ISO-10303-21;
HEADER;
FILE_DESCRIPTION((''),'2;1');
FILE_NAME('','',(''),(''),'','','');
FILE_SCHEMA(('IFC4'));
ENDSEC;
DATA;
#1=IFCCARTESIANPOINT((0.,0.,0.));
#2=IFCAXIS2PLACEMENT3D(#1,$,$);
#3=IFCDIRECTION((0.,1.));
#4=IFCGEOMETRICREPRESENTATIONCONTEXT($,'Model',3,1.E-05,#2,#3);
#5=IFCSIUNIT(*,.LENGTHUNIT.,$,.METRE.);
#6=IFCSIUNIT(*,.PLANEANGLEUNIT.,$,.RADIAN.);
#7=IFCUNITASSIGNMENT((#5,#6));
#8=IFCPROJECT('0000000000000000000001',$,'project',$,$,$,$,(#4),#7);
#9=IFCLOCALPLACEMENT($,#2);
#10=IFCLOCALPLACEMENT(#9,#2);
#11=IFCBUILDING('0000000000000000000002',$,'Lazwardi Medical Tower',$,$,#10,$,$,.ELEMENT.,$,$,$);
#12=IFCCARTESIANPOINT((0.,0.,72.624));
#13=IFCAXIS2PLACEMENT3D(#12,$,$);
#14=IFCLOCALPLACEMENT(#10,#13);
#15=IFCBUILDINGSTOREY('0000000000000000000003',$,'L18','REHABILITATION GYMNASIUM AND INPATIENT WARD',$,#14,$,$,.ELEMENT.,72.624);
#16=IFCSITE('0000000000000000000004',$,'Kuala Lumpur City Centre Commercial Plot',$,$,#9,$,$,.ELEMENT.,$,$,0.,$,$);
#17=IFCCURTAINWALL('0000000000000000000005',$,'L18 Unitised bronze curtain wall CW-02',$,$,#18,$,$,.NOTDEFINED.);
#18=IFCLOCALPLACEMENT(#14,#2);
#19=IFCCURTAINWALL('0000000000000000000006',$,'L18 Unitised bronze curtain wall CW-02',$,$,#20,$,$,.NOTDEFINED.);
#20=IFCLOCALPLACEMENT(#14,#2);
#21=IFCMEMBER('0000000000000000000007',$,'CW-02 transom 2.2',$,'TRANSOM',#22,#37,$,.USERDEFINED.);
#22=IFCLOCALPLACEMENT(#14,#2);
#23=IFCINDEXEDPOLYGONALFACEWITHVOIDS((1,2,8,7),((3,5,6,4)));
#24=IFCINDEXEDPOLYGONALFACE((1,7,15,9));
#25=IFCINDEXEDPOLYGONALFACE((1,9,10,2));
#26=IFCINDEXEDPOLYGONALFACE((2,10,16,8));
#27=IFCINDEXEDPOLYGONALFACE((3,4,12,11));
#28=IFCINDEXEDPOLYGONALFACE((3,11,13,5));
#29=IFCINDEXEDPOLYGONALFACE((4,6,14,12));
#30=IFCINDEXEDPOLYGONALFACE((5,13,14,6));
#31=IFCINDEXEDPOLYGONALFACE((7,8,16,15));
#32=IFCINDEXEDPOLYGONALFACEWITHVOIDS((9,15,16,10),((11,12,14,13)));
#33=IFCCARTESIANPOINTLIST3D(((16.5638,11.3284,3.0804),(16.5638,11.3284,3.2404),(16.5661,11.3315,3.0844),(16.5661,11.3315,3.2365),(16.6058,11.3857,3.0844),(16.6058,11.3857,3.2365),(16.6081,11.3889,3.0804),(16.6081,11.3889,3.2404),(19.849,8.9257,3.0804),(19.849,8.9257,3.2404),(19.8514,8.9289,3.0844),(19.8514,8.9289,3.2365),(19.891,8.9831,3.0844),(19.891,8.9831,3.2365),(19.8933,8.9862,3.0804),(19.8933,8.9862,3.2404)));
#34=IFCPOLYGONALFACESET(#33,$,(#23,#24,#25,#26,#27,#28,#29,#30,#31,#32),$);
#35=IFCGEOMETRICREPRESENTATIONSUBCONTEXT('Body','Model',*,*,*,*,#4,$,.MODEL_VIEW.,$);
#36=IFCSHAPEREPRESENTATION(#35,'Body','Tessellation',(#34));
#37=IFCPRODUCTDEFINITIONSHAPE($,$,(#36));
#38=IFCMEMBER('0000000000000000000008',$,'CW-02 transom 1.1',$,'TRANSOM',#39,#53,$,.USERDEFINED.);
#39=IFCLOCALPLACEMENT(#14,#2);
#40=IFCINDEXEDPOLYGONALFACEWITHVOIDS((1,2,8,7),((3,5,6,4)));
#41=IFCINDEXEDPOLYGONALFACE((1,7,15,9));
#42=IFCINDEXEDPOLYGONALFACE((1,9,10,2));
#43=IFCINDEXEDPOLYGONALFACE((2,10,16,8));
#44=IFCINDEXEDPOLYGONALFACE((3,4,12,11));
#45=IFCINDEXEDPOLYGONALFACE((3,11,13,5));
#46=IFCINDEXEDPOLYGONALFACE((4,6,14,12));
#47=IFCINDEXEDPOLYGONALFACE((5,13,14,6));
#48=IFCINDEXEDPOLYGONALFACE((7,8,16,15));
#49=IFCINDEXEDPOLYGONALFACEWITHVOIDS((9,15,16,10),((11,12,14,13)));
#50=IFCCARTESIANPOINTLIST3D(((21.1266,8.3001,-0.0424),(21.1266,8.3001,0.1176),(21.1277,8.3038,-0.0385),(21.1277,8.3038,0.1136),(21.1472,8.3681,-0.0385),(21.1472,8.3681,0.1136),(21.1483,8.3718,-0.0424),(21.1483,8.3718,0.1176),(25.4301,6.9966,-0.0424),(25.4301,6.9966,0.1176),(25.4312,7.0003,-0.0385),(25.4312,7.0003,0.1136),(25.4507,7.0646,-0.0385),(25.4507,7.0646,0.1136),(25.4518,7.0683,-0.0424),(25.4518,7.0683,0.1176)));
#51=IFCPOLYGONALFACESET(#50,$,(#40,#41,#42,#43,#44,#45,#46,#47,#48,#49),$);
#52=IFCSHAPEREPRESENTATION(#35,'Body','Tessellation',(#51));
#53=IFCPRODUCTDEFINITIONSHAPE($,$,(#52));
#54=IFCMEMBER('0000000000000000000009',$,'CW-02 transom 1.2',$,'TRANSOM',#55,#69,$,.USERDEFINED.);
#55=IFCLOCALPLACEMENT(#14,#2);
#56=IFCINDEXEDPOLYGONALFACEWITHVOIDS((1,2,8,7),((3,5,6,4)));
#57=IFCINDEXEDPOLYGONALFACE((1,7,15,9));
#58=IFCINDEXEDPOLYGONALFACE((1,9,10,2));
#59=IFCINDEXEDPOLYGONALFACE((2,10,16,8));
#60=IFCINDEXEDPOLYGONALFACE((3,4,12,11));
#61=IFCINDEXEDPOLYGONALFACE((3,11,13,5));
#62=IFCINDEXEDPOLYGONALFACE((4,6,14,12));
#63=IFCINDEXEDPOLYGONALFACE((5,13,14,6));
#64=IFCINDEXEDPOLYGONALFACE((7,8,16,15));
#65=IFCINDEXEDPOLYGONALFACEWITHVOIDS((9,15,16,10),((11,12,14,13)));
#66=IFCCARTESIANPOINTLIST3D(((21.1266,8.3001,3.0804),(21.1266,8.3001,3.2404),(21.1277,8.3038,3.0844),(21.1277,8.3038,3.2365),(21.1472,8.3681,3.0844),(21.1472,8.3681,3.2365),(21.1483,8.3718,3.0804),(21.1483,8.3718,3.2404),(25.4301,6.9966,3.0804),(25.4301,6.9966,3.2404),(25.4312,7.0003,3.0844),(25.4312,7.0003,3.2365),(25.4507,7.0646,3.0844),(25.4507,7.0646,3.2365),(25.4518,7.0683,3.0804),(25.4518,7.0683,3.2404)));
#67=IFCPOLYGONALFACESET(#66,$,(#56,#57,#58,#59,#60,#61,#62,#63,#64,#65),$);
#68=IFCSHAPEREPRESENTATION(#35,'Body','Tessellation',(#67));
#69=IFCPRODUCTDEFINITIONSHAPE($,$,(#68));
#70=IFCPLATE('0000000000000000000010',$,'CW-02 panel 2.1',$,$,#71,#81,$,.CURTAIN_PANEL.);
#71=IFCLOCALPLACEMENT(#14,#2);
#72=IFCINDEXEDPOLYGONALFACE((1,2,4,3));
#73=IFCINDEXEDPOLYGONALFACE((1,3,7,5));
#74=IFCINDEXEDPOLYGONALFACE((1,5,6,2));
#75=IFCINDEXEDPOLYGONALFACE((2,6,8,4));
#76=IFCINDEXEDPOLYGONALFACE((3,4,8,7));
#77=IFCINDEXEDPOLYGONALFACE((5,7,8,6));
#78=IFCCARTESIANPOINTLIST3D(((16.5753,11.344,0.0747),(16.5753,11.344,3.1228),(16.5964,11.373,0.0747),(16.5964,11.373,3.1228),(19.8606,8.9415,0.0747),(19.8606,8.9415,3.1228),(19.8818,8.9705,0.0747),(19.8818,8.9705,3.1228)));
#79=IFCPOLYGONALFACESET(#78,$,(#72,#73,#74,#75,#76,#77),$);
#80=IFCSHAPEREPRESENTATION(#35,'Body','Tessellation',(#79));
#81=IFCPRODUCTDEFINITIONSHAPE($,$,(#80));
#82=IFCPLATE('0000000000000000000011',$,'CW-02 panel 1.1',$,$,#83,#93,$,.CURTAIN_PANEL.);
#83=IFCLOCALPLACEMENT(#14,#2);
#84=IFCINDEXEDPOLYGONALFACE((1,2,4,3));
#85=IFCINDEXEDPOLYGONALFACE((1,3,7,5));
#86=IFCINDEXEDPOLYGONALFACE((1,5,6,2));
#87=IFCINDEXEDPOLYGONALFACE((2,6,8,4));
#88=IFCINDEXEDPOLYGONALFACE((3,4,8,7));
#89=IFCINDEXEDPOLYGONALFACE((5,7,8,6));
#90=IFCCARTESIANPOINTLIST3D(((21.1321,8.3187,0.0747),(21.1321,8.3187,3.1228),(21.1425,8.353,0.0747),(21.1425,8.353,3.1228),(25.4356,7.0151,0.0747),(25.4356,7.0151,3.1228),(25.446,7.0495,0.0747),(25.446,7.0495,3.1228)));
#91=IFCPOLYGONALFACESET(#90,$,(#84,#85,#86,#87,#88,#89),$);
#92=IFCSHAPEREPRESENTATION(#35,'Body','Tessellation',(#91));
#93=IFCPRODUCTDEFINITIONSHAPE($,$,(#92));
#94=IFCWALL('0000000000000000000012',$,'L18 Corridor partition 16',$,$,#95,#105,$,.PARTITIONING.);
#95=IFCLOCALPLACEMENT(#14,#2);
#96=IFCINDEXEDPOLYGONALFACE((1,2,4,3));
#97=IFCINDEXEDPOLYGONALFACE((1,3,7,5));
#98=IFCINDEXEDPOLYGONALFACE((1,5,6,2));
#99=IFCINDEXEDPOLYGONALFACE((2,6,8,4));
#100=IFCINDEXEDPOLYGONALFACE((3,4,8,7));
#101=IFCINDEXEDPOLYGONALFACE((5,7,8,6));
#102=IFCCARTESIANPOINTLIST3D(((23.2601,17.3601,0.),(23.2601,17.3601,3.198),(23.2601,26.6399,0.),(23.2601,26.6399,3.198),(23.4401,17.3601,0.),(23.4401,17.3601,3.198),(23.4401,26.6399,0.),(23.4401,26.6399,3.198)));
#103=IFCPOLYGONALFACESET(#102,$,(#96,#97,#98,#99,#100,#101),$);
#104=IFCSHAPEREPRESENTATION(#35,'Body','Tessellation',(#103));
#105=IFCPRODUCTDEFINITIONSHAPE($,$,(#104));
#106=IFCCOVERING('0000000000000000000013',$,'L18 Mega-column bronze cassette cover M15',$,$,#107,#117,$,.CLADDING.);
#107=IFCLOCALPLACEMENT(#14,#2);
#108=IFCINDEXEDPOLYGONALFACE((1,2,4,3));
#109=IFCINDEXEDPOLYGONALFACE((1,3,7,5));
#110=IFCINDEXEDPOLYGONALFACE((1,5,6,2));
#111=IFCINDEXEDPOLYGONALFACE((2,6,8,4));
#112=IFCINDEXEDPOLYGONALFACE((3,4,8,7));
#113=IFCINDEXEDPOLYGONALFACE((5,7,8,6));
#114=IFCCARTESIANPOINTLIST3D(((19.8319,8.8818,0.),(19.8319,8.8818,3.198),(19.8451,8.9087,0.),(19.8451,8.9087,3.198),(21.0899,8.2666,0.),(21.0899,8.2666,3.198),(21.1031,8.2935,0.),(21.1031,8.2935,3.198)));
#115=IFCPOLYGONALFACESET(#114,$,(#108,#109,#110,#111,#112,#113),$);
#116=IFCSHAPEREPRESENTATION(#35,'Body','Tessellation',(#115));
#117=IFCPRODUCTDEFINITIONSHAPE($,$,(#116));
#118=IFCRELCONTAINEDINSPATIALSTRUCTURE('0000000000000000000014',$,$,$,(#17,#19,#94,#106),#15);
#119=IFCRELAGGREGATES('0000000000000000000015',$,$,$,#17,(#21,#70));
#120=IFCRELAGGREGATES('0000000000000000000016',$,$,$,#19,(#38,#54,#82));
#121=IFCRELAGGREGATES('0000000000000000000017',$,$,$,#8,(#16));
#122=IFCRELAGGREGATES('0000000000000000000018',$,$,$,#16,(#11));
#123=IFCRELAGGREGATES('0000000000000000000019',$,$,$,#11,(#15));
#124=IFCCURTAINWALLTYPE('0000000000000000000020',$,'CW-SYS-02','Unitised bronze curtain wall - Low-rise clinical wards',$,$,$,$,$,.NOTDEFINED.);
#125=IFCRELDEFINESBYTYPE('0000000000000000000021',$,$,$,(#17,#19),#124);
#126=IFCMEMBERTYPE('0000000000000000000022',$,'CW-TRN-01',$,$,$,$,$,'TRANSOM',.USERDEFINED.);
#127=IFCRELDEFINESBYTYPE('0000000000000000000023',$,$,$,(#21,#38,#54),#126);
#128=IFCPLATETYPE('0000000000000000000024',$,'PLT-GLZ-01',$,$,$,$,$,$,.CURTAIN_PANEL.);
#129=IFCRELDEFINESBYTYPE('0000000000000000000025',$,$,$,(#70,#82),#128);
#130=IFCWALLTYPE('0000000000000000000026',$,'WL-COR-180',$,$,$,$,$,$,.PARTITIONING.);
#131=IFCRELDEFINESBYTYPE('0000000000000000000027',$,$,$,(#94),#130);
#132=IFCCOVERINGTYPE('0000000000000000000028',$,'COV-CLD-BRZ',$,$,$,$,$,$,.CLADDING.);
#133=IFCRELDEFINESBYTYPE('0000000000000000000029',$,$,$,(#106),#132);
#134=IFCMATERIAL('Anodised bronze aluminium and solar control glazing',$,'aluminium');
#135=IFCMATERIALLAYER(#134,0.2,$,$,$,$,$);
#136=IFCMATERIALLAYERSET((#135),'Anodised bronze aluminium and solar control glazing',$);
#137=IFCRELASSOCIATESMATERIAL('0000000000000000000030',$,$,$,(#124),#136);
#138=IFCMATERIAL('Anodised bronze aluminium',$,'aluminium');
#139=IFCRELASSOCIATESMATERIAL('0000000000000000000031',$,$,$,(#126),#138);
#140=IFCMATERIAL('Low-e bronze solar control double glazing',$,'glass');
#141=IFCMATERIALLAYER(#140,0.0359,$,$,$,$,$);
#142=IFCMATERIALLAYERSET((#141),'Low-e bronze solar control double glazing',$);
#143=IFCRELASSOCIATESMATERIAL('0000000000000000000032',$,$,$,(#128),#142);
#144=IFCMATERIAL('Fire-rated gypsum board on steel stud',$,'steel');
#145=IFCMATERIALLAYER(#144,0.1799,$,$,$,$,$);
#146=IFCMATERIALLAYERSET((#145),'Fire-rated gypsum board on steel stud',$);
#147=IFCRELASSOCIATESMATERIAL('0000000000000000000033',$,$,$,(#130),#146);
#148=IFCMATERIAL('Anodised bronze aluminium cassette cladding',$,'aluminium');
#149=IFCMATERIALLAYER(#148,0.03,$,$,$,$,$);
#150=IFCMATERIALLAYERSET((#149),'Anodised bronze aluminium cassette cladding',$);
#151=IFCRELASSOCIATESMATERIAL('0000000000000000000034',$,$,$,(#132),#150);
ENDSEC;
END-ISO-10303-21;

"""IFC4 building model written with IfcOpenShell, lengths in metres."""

from ifc_helpers import new_model, si_unit, direction, frame, frame_2d, origin, origin_2d, place, context, subcontext, project, spatial, rectangle, hollow_rectangle, extrude, material, layer, layer_set, material_profile, profile_set, type_object, element, aggregate, save


model = new_model("IFC4")

# Units and contexts
model_context = context("Model", 3, precision=1e-05, world=origin(), true_north=direction((0.0, 1.0)))
body_context = subcontext(model_context, "Body", "Model", "MODEL_VIEW")
ifc_project = project(units=[si_unit("LENGTHUNIT", "METRE"), si_unit("PLANEANGLEUNIT", "RADIAN")], contexts=[model_context])

# Site, building, storey
site_placement = place(None, origin())
site = spatial("IfcSite", under=ifc_project, at=site_placement, Name="Kuala Lumpur City Centre Commercial Plot", CompositionType="ELEMENT", RefElevation=0.0)
building_placement = place(site_placement, origin())
building = spatial("IfcBuilding", under=site, at=building_placement, Name="Lazwardi Medical Tower", CompositionType="ELEMENT")
storey_placement = place(building_placement, frame((0.0, 0.0, 72.624)))
storey = spatial("IfcBuildingStorey", under=building, at=storey_placement, Name="L18", Description="REHABILITATION GYMNASIUM AND INPATIENT WARD", CompositionType="ELEMENT", Elevation=72.624)

# Curtain walls
ifc_material_1 = material(Name="Anodised bronze aluminium and solar control glazing", Category="aluminium")
ifc_layer_1 = layer(ifc_material_1, 0.2)
ifc_layer_set_1 = layer_set([ifc_layer_1], Name="Anodised bronze aluminium and solar control glazing")
curtain_wall_type = type_object("IfcCurtainWallType", Name="CW-SYS-02", Description="Unitised bronze curtain wall - Low-rise clinical wards", PredefinedType="NOTDEFINED", material=ifc_layer_set_1)
curtain_wall_1_placement = place(storey_placement, origin())
curtain_wall_1 = element("IfcCurtainWall", 1, at=curtain_wall_1_placement, inside=storey, type_object=curtain_wall_type, Name="L18 Unitised bronze curtain wall CW-02", PredefinedType="NOTDEFINED")
ifc_material_2 = material(Name="Anodised bronze aluminium", Category="aluminium")
curtain_wall_2_placement = place(storey_placement, origin())
curtain_wall_2 = element("IfcCurtainWall", 2, at=curtain_wall_2_placement, inside=storey, type_object=curtain_wall_type, Name="L18 Unitised bronze curtain wall CW-02", PredefinedType="NOTDEFINED")

# Members
ifc_material_profile_1 = material_profile(ifc_material_2, hollow_rectangle(XDim=0.075, YDim=0.1599, WallThickness=0.0039, at=origin_2d()), Name="ALU-TRANSOM 160x75x4")
ifc_profile_set_1 = profile_set([ifc_material_profile_1], Name="Anodised bronze aluminium")
member_type_1 = type_object("IfcMemberType", Name="CW-TRN-01", ElementType="TRANSOM", PredefinedType="USERDEFINED", material=ifc_profile_set_1)
member_1_placement = place(storey_placement, frame((16.5859, 11.3586, 3.1604), z_axis=(0.807169, -0.59032, 0.0), x_axis=(0.59032, 0.807169, 0.0)))
member_1 = element("IfcMember", 3, at=member_1_placement, type_object=member_type_1, Name="CW-02 transom 2.2", ObjectType="TRANSOM", PredefinedType="USERDEFINED", context=body_context, shape_type="SweptSolid", body=[
    extrude(hollow_rectangle(XDim=0.075, YDim=0.1599, WallThickness=0.0039, at=origin_2d()), origin(), (0.0, 0.0, 1.0), 4.0701),
])
member_2_placement = place(storey_placement, frame((21.1375, 8.3359, 0.0376), z_axis=(0.957062, -0.289882, 0.0), x_axis=(0.289882, 0.957062, 0.0)))
member_2 = element("IfcMember", 4, at=member_2_placement, type_object=member_type_1, Name="CW-02 transom 1.1", ObjectType="TRANSOM", PredefinedType="USERDEFINED", context=body_context, shape_type="SweptSolid", body=[
    extrude(hollow_rectangle(XDim=0.075, YDim=0.1599, WallThickness=0.0039, at=origin_2d()), origin(), (0.0, 0.0, 1.0), 4.4966),
])
member_3_placement = place(storey_placement, frame((21.1375, 8.3359, 3.1604), z_axis=(0.957062, -0.289882, 0.0), x_axis=(0.289882, 0.957062, 0.0)))
member_3 = element("IfcMember", 5, at=member_3_placement, type_object=member_type_1, Name="CW-02 transom 1.2", ObjectType="TRANSOM", PredefinedType="USERDEFINED", context=body_context, shape_type="SweptSolid", body=[
    extrude(hollow_rectangle(XDim=0.075, YDim=0.1599, WallThickness=0.0039, at=origin_2d()), origin(), (0.0, 0.0, 1.0), 4.4966),
])

# Plates
ifc_material_3 = material(Name="Low-e bronze solar control double glazing", Category="glass")
ifc_layer_2 = layer(ifc_material_3, 0.0359)
ifc_layer_set_2 = layer_set([ifc_layer_2], Name="Low-e bronze solar control double glazing")
plate_type = type_object("IfcPlateType", Name="PLT-GLZ-01", PredefinedType="CURTAIN_PANEL", material=ifc_layer_set_2)
plate_1_placement = place(storey_placement, frame((18.2285, 10.1572, 0.0747), z_axis=(0.0, 0.0, 1.0), x_axis=(0.807192, -0.590289, 0.0)))
plate_1 = element("IfcPlate", 6, at=plate_1_placement, type_object=plate_type, Name="CW-02 panel 2.1", PredefinedType="CURTAIN_PANEL", context=body_context, shape_type="SweptSolid", body=[
    extrude(rectangle(XDim=4.0701, YDim=0.0359, at=origin_2d()), origin(), (0.0, 0.0, 1.0), 3.0481),
])
aggregate(curtain_wall_1, [member_1, plate_1])
plate_2_placement = place(storey_placement, frame((23.2891, 7.6841, 0.0747), z_axis=(0.0, 0.0, 1.0), x_axis=(0.957058, -0.289896, 0.0)))
plate_2 = element("IfcPlate", 7, at=plate_2_placement, type_object=plate_type, Name="CW-02 panel 1.1", PredefinedType="CURTAIN_PANEL", context=body_context, shape_type="SweptSolid", body=[
    extrude(rectangle(XDim=4.4966, YDim=0.0359, at=origin_2d()), origin(), (0.0, 0.0, 1.0), 3.0481),
])
aggregate(curtain_wall_2, [member_2, member_3, plate_2])

# Wall
ifc_material_4 = material(Name="Fire-rated gypsum board on steel stud", Category="steel")
ifc_layer_3 = layer(ifc_material_4, 0.1799)
ifc_layer_set_3 = layer_set([ifc_layer_3], Name="Fire-rated gypsum board on steel stud")
wall_type = type_object("IfcWallType", Name="WL-COR-180", PredefinedType="PARTITIONING", material=ifc_layer_set_3)
wall_placement = place(storey_placement, frame((23.3501, 17.3601, 0.0), z_axis=(0.0, 0.0, 1.0), x_axis=(0.0, 1.0, 0.0)))
element("IfcWall", 8, at=wall_placement, inside=storey, type_object=wall_type, Name="L18 Corridor partition 16", PredefinedType="PARTITIONING", context=body_context, shape_type="SweptSolid", body=[
    extrude(rectangle(XDim=9.2798, YDim=0.1799, at=frame_2d((4.6399, 0.0))), origin(), (0.0, 0.0, 1.0), 3.198),
])

# Covering
ifc_material_5 = material(Name="Anodised bronze aluminium cassette cladding", Category="aluminium")
ifc_layer_4 = layer(ifc_material_5, 0.03)
ifc_layer_set_4 = layer_set([ifc_layer_4], Name="Anodised bronze aluminium cassette cladding")
covering_type = type_object("IfcCoveringType", Name="COV-CLD-BRZ", PredefinedType="CLADDING", material=ifc_layer_set_4)
covering_placement = place(storey_placement, frame((20.4675, 8.5876, 0.0), z_axis=(0.0, 0.0, 1.0), x_axis=(0.898334, -0.439312, 0.0)))
element("IfcCovering", 9, at=covering_placement, inside=storey, type_object=covering_type, Name="L18 Mega-column bronze cassette cover M15", PredefinedType="CLADDING", context=body_context, shape_type="SweptSolid", body=[
    extrude(rectangle(XDim=1.4004, YDim=0.03, at=origin_2d()), origin(), (0.0, 0.0, 1.0), 3.198),
])

save(model, "model.ifc")
